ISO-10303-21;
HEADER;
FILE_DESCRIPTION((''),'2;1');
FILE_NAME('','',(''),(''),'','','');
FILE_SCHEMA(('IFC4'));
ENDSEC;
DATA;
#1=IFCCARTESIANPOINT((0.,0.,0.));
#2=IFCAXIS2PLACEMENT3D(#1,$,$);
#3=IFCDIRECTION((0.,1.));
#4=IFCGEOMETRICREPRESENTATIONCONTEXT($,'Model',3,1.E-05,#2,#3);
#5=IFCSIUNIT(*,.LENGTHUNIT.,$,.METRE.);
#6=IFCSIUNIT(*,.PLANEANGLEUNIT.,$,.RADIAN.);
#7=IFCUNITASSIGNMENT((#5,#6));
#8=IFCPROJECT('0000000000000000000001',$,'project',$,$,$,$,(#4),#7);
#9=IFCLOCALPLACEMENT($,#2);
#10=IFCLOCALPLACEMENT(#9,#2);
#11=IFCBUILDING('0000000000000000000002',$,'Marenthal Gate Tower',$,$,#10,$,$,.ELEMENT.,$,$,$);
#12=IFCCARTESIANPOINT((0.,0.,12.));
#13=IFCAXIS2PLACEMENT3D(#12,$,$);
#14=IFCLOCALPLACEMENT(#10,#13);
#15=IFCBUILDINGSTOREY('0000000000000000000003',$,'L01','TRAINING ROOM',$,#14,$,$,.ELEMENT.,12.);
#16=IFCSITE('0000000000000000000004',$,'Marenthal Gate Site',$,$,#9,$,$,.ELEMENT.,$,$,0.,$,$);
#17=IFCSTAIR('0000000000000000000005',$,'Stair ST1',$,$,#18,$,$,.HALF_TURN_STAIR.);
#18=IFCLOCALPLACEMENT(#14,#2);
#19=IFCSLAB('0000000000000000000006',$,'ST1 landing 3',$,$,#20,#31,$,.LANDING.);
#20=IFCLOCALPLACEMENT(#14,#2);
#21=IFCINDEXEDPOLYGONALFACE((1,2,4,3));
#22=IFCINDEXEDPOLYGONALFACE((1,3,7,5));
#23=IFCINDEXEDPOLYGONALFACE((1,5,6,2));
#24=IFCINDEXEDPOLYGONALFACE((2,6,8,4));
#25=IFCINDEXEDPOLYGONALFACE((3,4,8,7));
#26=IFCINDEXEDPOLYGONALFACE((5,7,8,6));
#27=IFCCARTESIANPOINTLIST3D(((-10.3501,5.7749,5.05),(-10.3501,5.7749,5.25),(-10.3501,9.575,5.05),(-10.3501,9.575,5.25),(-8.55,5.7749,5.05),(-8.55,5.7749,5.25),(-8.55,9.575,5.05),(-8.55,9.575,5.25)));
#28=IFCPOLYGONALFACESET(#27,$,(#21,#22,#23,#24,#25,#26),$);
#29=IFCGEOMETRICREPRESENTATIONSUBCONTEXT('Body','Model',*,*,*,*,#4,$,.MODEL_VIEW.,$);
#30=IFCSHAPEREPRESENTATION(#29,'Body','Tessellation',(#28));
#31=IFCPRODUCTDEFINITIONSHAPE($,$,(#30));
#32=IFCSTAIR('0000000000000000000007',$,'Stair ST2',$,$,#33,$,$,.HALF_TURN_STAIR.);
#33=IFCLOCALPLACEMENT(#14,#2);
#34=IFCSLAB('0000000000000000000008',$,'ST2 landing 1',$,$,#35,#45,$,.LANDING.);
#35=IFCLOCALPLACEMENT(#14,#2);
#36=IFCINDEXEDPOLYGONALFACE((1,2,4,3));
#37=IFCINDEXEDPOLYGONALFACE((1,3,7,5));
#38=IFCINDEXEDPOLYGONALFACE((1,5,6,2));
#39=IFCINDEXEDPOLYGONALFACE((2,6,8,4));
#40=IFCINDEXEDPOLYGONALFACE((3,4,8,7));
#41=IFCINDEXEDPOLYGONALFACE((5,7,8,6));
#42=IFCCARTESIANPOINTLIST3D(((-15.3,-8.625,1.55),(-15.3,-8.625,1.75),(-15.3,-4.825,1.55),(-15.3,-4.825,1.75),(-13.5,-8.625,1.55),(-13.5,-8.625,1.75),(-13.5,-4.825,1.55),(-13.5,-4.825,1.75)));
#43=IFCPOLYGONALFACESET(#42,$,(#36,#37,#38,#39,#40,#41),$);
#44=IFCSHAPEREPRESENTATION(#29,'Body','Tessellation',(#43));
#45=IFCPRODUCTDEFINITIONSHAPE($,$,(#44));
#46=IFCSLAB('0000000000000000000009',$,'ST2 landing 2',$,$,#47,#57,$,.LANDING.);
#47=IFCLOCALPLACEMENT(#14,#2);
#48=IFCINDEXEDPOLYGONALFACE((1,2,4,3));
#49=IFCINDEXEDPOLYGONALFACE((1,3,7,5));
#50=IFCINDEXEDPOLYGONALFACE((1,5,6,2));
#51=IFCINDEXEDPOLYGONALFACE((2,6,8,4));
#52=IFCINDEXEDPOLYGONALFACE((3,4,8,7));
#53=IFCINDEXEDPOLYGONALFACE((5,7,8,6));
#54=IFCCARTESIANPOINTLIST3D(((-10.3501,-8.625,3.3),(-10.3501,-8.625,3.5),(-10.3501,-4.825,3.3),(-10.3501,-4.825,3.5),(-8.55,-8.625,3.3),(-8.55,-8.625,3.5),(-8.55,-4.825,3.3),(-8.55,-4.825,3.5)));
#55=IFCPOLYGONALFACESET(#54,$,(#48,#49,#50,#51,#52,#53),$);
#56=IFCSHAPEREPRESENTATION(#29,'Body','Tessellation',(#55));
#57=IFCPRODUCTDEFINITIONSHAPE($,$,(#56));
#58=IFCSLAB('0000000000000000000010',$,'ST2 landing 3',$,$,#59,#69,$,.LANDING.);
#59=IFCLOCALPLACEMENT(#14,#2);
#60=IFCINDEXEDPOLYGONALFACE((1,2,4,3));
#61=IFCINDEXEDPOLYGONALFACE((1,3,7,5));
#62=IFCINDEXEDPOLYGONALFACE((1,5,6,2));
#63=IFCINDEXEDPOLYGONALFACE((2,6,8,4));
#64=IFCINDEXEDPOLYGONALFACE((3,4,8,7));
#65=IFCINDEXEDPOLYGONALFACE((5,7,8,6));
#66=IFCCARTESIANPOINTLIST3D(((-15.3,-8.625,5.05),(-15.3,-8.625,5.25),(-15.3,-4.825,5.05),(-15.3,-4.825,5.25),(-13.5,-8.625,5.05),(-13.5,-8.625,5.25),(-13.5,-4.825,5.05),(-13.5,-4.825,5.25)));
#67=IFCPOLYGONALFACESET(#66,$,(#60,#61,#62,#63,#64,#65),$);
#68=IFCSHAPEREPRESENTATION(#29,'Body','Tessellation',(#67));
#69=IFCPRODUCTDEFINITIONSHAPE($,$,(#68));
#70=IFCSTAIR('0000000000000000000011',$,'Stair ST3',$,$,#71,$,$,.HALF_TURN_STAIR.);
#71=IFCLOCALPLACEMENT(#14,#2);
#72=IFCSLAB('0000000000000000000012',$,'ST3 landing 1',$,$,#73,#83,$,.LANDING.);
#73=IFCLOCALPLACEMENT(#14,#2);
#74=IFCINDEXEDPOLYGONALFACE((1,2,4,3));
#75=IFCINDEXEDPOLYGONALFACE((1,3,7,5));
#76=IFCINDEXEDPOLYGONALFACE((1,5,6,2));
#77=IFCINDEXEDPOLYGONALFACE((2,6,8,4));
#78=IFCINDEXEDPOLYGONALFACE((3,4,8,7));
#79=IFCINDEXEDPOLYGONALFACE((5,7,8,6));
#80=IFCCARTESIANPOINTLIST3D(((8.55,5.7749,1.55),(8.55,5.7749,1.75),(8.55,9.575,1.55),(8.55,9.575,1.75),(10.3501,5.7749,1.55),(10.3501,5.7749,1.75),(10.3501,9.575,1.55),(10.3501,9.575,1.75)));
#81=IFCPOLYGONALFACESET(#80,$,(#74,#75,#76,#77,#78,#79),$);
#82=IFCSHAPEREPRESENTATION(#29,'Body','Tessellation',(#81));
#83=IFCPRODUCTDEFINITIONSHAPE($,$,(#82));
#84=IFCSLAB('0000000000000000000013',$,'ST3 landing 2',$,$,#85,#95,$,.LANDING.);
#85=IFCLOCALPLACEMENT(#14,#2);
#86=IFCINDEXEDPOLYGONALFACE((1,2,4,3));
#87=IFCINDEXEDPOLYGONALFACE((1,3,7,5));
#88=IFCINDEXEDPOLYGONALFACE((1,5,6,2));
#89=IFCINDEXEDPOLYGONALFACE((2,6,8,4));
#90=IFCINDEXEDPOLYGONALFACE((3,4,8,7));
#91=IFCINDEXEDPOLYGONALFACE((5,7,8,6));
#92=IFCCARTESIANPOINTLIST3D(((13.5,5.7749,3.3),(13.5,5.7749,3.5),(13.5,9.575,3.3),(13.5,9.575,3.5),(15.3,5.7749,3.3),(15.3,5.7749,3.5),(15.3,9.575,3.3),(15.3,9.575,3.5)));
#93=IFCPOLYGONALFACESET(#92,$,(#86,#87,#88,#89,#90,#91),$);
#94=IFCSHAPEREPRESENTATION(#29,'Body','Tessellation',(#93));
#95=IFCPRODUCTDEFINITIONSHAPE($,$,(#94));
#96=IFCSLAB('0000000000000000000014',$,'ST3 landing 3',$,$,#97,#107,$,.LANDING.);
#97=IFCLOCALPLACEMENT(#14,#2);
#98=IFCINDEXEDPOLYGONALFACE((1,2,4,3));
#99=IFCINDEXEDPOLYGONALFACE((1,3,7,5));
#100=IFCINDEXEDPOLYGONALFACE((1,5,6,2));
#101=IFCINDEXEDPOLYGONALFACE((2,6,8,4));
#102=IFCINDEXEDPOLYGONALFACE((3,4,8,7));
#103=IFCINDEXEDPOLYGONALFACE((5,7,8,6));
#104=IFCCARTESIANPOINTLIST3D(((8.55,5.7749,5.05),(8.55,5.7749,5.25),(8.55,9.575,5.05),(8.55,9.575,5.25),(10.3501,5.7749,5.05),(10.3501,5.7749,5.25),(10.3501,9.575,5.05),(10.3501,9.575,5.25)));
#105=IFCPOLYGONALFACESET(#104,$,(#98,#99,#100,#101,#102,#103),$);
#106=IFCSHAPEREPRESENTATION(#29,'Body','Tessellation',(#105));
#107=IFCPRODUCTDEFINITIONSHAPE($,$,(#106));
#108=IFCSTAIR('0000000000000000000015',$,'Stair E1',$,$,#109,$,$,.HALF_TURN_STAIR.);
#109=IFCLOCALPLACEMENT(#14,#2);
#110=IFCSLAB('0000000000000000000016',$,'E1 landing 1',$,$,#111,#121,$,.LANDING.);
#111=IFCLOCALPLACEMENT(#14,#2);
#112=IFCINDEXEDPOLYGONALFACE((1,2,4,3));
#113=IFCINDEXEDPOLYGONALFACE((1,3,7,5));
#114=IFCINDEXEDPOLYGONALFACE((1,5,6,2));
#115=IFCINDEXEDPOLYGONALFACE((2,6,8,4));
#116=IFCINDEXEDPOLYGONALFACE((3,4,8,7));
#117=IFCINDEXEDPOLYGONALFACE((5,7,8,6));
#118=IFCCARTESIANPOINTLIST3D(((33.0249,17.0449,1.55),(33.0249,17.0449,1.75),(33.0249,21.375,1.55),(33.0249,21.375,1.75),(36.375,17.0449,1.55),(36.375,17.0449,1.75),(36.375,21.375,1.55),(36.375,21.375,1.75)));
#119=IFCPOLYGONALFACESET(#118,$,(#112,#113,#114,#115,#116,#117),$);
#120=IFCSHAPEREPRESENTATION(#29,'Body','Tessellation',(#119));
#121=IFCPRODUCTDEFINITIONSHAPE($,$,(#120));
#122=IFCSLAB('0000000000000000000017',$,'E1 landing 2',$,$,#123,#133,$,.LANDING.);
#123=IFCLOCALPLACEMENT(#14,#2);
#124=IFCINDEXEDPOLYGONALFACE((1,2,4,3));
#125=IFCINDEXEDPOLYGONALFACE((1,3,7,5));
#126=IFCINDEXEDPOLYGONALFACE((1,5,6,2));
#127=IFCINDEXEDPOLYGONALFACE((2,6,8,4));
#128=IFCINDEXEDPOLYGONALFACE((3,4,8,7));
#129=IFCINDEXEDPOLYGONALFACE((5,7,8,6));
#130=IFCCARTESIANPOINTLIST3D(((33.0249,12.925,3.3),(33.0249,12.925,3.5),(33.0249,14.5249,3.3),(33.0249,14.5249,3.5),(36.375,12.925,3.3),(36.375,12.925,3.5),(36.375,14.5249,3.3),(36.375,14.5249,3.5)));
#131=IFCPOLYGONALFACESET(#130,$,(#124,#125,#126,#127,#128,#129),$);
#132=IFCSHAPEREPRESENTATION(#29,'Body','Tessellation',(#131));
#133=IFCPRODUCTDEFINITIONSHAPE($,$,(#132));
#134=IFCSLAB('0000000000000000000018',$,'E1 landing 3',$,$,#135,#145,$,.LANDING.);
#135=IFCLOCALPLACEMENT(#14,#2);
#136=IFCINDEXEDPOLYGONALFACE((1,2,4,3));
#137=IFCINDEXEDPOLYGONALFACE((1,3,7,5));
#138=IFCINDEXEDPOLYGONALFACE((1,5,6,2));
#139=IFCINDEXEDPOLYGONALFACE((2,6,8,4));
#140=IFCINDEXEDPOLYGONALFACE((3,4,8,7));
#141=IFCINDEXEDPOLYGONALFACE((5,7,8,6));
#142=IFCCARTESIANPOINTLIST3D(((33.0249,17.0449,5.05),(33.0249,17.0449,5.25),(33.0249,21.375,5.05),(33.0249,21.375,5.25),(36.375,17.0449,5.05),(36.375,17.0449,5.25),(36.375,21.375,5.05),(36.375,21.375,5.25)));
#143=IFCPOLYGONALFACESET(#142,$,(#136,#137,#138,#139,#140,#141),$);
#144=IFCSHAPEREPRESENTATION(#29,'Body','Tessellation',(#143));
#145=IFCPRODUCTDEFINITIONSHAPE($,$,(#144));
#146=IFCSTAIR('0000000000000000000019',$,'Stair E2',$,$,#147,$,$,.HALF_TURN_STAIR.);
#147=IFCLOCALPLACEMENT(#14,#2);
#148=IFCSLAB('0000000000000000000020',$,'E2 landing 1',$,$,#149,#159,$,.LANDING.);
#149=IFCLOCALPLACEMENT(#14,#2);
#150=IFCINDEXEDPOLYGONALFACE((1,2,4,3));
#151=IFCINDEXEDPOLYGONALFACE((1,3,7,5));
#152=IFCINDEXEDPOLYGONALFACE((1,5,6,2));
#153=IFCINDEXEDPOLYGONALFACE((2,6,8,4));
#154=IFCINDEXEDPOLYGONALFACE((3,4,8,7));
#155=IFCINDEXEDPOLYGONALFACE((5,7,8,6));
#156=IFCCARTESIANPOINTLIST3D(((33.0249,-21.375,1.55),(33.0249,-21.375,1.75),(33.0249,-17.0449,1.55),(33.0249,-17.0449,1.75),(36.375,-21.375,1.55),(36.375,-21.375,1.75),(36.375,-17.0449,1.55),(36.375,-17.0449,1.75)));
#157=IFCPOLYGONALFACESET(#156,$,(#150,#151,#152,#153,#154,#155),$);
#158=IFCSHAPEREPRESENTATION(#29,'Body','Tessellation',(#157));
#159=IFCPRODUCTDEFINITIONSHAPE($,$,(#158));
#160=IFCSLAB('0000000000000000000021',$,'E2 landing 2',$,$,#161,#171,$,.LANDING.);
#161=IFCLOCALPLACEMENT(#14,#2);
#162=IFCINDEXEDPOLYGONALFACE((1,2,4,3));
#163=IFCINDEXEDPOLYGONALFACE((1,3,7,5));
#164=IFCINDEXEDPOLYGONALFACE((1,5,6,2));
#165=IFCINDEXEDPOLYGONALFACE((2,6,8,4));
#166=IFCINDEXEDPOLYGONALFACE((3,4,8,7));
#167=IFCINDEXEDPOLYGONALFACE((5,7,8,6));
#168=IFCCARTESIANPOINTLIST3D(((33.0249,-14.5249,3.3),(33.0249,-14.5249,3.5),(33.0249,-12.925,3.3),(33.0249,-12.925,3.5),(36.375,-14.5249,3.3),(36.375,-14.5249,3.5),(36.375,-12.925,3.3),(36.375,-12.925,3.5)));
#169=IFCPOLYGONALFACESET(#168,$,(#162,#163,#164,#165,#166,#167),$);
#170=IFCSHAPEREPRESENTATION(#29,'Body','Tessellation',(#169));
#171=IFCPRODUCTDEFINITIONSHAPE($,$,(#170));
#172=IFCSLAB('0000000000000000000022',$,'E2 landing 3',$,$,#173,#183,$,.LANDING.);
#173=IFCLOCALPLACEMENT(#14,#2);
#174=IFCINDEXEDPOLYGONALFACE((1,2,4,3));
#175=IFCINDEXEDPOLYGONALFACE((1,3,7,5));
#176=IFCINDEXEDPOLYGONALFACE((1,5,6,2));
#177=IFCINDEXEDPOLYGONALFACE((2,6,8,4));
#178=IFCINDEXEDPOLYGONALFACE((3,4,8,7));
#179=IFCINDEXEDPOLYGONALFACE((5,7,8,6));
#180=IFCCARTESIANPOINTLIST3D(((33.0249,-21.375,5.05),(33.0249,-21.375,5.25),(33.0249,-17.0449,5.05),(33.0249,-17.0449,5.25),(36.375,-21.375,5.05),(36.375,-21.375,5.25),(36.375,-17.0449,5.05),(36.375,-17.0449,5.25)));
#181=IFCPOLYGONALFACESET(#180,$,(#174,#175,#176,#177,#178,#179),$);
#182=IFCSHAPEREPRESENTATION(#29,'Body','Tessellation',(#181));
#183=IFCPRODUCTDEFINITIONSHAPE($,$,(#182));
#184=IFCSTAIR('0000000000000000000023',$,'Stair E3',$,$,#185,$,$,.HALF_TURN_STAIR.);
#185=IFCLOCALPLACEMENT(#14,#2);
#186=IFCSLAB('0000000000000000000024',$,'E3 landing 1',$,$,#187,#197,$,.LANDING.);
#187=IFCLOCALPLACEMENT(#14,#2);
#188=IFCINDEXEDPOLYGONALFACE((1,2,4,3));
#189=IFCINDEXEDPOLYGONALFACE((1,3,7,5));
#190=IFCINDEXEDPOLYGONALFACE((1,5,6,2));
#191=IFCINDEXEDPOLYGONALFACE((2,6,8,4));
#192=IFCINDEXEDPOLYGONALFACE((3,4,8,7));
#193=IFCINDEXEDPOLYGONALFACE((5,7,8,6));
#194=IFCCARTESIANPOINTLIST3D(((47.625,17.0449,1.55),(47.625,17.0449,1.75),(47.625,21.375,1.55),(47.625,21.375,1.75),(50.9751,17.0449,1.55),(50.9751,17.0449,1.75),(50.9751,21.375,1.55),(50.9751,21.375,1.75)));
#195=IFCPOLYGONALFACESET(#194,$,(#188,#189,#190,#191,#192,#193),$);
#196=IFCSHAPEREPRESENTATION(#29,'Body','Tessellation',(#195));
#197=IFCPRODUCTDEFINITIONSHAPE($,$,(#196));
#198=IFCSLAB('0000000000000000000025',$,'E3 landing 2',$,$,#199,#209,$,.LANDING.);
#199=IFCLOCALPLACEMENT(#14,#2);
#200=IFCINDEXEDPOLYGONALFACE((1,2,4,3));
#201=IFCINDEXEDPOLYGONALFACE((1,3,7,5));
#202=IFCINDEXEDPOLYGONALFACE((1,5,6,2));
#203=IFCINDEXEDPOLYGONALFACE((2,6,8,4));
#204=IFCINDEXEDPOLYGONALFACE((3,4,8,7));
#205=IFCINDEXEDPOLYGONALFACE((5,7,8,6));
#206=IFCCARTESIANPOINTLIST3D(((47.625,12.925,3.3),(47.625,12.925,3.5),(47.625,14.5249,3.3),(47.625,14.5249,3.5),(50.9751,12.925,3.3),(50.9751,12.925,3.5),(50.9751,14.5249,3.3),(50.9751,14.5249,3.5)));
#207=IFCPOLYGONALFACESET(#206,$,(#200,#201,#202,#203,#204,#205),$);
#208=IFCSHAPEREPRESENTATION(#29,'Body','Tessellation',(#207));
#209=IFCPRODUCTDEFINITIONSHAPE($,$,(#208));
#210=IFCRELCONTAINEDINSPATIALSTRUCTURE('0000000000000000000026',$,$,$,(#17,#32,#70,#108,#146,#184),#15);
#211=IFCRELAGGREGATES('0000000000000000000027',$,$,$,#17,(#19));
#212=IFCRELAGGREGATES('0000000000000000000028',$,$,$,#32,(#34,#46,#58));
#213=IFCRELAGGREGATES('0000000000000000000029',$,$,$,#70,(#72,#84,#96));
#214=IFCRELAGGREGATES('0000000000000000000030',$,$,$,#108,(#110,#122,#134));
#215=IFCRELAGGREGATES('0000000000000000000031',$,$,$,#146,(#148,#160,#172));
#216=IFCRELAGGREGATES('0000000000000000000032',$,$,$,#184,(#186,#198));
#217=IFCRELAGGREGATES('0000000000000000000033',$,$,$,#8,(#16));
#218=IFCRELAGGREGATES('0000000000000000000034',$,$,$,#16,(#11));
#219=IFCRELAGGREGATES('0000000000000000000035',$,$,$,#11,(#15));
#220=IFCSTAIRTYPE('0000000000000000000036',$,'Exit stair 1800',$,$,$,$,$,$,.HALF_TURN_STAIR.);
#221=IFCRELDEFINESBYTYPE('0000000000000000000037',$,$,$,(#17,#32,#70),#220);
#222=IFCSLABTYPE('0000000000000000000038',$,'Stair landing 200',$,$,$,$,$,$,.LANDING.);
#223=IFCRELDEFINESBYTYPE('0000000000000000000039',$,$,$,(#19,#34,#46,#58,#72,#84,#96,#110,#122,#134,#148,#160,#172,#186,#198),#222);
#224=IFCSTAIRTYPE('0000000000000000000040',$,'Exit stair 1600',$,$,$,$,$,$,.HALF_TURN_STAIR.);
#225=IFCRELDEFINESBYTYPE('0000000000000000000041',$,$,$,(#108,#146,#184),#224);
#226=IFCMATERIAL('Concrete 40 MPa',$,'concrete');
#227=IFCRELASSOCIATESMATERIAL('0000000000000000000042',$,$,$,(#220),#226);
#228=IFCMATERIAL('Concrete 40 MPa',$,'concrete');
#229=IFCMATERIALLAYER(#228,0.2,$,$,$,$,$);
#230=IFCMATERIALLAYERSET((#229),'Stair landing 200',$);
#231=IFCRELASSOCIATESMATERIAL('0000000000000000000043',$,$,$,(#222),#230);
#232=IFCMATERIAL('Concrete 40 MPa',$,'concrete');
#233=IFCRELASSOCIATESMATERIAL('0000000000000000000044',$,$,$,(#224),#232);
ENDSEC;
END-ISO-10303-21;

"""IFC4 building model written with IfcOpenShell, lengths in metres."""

from ifc_helpers import new_model, si_unit, direction, frame, origin, place, context, subcontext, project, spatial, polyline, outline, extrude, material, layer, layer_set, type_object, element, aggregate, save


model = new_model("IFC4")

# Units and contexts
model_context = context("Model", 3, precision=1e-05, world=origin(), true_north=direction((0.0, 1.0)))
body_context = subcontext(model_context, "Body", "Model", "MODEL_VIEW")
ifc_project = project(units=[si_unit("LENGTHUNIT", "METRE"), si_unit("PLANEANGLEUNIT", "RADIAN")], contexts=[model_context])

# Site, building, storey
site_placement = place(None, origin())
site = spatial("IfcSite", under=ifc_project, at=site_placement, Name="Marenthal Gate Site", CompositionType="ELEMENT", RefElevation=0.0)
building_placement = place(site_placement, origin())
building = spatial("IfcBuilding", under=site, at=building_placement, Name="Marenthal Gate Tower", CompositionType="ELEMENT")
storey_placement = place(building_placement, frame((0.0, 0.0, 12.0)))
storey = spatial("IfcBuildingStorey", under=building, at=storey_placement, Name="L01", Description="TRAINING ROOM", CompositionType="ELEMENT", Elevation=12.0)

# Stairs, slabs
ifc_material_1 = material(Name="Concrete 40 MPa", Category="concrete")
stair_type_1 = type_object("IfcStairType", Name="Exit stair 1800", PredefinedType="HALF_TURN_STAIR", material=ifc_material_1)
stair_1_placement = place(storey_placement, origin())
stair_1 = element("IfcStair", 1, at=stair_1_placement, inside=storey, type_object=stair_type_1, Name="Stair ST1", PredefinedType="HALF_TURN_STAIR")
ifc_material_2 = material(Name="Concrete 40 MPa", Category="concrete")
ifc_layer_1 = layer(ifc_material_2, 0.2)
ifc_layer_set_1 = layer_set([ifc_layer_1], Name="Stair landing 200")
slab_type_1 = type_object("IfcSlabType", Name="Stair landing 200", PredefinedType="LANDING", material=ifc_layer_set_1)
slab_1_placement = place(storey_placement, frame((0.0, 0.0, 5.05)))
slab_1 = element("IfcSlab", 2, at=slab_1_placement, type_object=slab_type_1, Name="ST1 landing 3", PredefinedType="LANDING", context=body_context, shape_type="SweptSolid", body=[
    extrude(outline(polyline([(-10.3501, 5.7749), (-8.55, 5.7749), (-8.55, 9.575), (-10.3501, 9.575), (-10.3501, 5.7749)])), origin(), (0.0, 0.0, 1.0), 0.2),
])
aggregate(stair_1, [slab_1])
stair_2_placement = place(storey_placement, origin())
stair_2 = element("IfcStair", 3, at=stair_2_placement, inside=storey, type_object=stair_type_1, Name="Stair ST2", PredefinedType="HALF_TURN_STAIR")
slab_2_placement = place(storey_placement, frame((0.0, 0.0, 1.55)))
slab_2 = element("IfcSlab", 4, at=slab_2_placement, type_object=slab_type_1, Name="ST2 landing 1", PredefinedType="LANDING", context=body_context, shape_type="SweptSolid", body=[
    extrude(outline(polyline([(-15.3, -8.625), (-13.5, -8.625), (-13.5, -4.825), (-15.3, -4.825), (-15.3, -8.625)])), origin(), (0.0, 0.0, 1.0), 0.2),
])
slab_3_placement = place(storey_placement, frame((0.0, 0.0, 3.3)))
slab_3 = element("IfcSlab", 5, at=slab_3_placement, type_object=slab_type_1, Name="ST2 landing 2", PredefinedType="LANDING", context=body_context, shape_type="SweptSolid", body=[
    extrude(outline(polyline([(-10.3501, -8.625), (-8.55, -8.625), (-8.55, -4.825), (-10.3501, -4.825), (-10.3501, -8.625)])), origin(), (0.0, 0.0, 1.0), 0.2),
])
slab_4_placement = place(storey_placement, frame((0.0, 0.0, 5.05)))
slab_4 = element("IfcSlab", 6, at=slab_4_placement, type_object=slab_type_1, Name="ST2 landing 3", PredefinedType="LANDING", context=body_context, shape_type="SweptSolid", body=[
    extrude(outline(polyline([(-15.3, -8.625), (-13.5, -8.625), (-13.5, -4.825), (-15.3, -4.825), (-15.3, -8.625)])), origin(), (0.0, 0.0, 1.0), 0.2),
])
aggregate(stair_2, [slab_2, slab_3, slab_4])
stair_3_placement = place(storey_placement, origin())
stair_3 = element("IfcStair", 7, at=stair_3_placement, inside=storey, type_object=stair_type_1, Name="Stair ST3", PredefinedType="HALF_TURN_STAIR")
slab_5_placement = place(storey_placement, frame((0.0, 0.0, 1.55)))
slab_5 = element("IfcSlab", 8, at=slab_5_placement, type_object=slab_type_1, Name="ST3 landing 1", PredefinedType="LANDING", context=body_context, shape_type="SweptSolid", body=[
    extrude(outline(polyline([(8.55, 5.7749), (10.3501, 5.7749), (10.3501, 9.575), (8.55, 9.575), (8.55, 5.7749)])), origin(), (0.0, 0.0, 1.0), 0.2),
])
slab_6_placement = place(storey_placement, frame((0.0, 0.0, 3.3)))
slab_6 = element("IfcSlab", 9, at=slab_6_placement, type_object=slab_type_1, Name="ST3 landing 2", PredefinedType="LANDING", context=body_context, shape_type="SweptSolid", body=[
    extrude(outline(polyline([(13.5, 5.7749), (15.3, 5.7749), (15.3, 9.575), (13.5, 9.575), (13.5, 5.7749)])), origin(), (0.0, 0.0, 1.0), 0.2),
])
slab_7_placement = place(storey_placement, frame((0.0, 0.0, 5.05)))
slab_7 = element("IfcSlab", 10, at=slab_7_placement, type_object=slab_type_1, Name="ST3 landing 3", PredefinedType="LANDING", context=body_context, shape_type="SweptSolid", body=[
    extrude(outline(polyline([(8.55, 5.7749), (10.3501, 5.7749), (10.3501, 9.575), (8.55, 9.575), (8.55, 5.7749)])), origin(), (0.0, 0.0, 1.0), 0.2),
])
aggregate(stair_3, [slab_5, slab_6, slab_7])
ifc_material_3 = material(Name="Concrete 40 MPa", Category="concrete")
stair_type_2 = type_object("IfcStairType", Name="Exit stair 1600", PredefinedType="HALF_TURN_STAIR", material=ifc_material_3)
stair_4_placement = place(storey_placement, origin())
stair_4 = element("IfcStair", 11, at=stair_4_placement, inside=storey, type_object=stair_type_2, Name="Stair E1", PredefinedType="HALF_TURN_STAIR")
slab_8_placement = place(storey_placement, frame((0.0, 0.0, 1.55)))
slab_8 = element("IfcSlab", 12, at=slab_8_placement, type_object=slab_type_1, Name="E1 landing 1", PredefinedType="LANDING", context=body_context, shape_type="SweptSolid", body=[
    extrude(outline(polyline([(33.0249, 17.0449), (33.0249, 21.375), (36.375, 21.375), (36.375, 17.0449), (33.0249, 17.0449)])), origin(), (0.0, 0.0, 1.0), 0.2),
])
slab_9_placement = place(storey_placement, frame((0.0, 0.0, 3.3)))
slab_9 = element("IfcSlab", 13, at=slab_9_placement, type_object=slab_type_1, Name="E1 landing 2", PredefinedType="LANDING", context=body_context, shape_type="SweptSolid", body=[
    extrude(outline(polyline([(33.0249, 12.925), (33.0249, 14.5249), (36.375, 14.5249), (36.375, 12.925), (33.0249, 12.925)])), origin(), (0.0, 0.0, 1.0), 0.2),
])
slab_10_placement = place(storey_placement, frame((0.0, 0.0, 5.05)))
slab_10 = element("IfcSlab", 14, at=slab_10_placement, type_object=slab_type_1, Name="E1 landing 3", PredefinedType="LANDING", context=body_context, shape_type="SweptSolid", body=[
    extrude(outline(polyline([(33.0249, 17.0449), (33.0249, 21.375), (36.375, 21.375), (36.375, 17.0449), (33.0249, 17.0449)])), origin(), (0.0, 0.0, 1.0), 0.2),
])
aggregate(stair_4, [slab_8, slab_9, slab_10])
stair_5_placement = place(storey_placement, origin())
stair_5 = element("IfcStair", 15, at=stair_5_placement, inside=storey, type_object=stair_type_2, Name="Stair E2", PredefinedType="HALF_TURN_STAIR")
slab_11_placement = place(storey_placement, frame((0.0, 0.0, 1.55)))
slab_11 = element("IfcSlab", 16, at=slab_11_placement, type_object=slab_type_1, Name="E2 landing 1", PredefinedType="LANDING", context=body_context, shape_type="SweptSolid", body=[
    extrude(outline(polyline([(36.375, -17.0449), (36.375, -21.375), (33.0249, -21.375), (33.0249, -17.0449), (36.375, -17.0449)])), origin(), (0.0, 0.0, 1.0), 0.2),
])
slab_12_placement = place(storey_placement, frame((0.0, 0.0, 3.3)))
slab_12 = element("IfcSlab", 17, at=slab_12_placement, type_object=slab_type_1, Name="E2 landing 2", PredefinedType="LANDING", context=body_context, shape_type="SweptSolid", body=[
    extrude(outline(polyline([(36.375, -12.925), (36.375, -14.5249), (33.0249, -14.5249), (33.0249, -12.925), (36.375, -12.925)])), origin(), (0.0, 0.0, 1.0), 0.2),
])
slab_13_placement = place(storey_placement, frame((0.0, 0.0, 5.05)))
slab_13 = element("IfcSlab", 18, at=slab_13_placement, type_object=slab_type_1, Name="E2 landing 3", PredefinedType="LANDING", context=body_context, shape_type="SweptSolid", body=[
    extrude(outline(polyline([(36.375, -17.0449), (36.375, -21.375), (33.0249, -21.375), (33.0249, -17.0449), (36.375, -17.0449)])), origin(), (0.0, 0.0, 1.0), 0.2),
])
aggregate(stair_5, [slab_11, slab_12, slab_13])
stair_6_placement = place(storey_placement, origin())
stair_6 = element("IfcStair", 19, at=stair_6_placement, inside=storey, type_object=stair_type_2, Name="Stair E3", PredefinedType="HALF_TURN_STAIR")
slab_14_placement = place(storey_placement, frame((0.0, 0.0, 1.55)))
slab_14 = element("IfcSlab", 20, at=slab_14_placement, type_object=slab_type_1, Name="E3 landing 1", PredefinedType="LANDING", context=body_context, shape_type="SweptSolid", body=[
    extrude(outline(polyline([(47.625, 17.0449), (47.625, 21.375), (50.9751, 21.375), (50.9751, 17.0449), (47.625, 17.0449)])), origin(), (0.0, 0.0, 1.0), 0.2),
])
slab_15_placement = place(storey_placement, frame((0.0, 0.0, 3.3)))
slab_15 = element("IfcSlab", 21, at=slab_15_placement, type_object=slab_type_1, Name="E3 landing 2", PredefinedType="LANDING", context=body_context, shape_type="SweptSolid", body=[
    extrude(outline(polyline([(47.625, 12.925), (47.625, 14.5249), (50.9751, 14.5249), (50.9751, 12.925), (47.625, 12.925)])), origin(), (0.0, 0.0, 1.0), 0.2),
])
aggregate(stair_6, [slab_14, slab_15])

save(model, "model.ifc")
